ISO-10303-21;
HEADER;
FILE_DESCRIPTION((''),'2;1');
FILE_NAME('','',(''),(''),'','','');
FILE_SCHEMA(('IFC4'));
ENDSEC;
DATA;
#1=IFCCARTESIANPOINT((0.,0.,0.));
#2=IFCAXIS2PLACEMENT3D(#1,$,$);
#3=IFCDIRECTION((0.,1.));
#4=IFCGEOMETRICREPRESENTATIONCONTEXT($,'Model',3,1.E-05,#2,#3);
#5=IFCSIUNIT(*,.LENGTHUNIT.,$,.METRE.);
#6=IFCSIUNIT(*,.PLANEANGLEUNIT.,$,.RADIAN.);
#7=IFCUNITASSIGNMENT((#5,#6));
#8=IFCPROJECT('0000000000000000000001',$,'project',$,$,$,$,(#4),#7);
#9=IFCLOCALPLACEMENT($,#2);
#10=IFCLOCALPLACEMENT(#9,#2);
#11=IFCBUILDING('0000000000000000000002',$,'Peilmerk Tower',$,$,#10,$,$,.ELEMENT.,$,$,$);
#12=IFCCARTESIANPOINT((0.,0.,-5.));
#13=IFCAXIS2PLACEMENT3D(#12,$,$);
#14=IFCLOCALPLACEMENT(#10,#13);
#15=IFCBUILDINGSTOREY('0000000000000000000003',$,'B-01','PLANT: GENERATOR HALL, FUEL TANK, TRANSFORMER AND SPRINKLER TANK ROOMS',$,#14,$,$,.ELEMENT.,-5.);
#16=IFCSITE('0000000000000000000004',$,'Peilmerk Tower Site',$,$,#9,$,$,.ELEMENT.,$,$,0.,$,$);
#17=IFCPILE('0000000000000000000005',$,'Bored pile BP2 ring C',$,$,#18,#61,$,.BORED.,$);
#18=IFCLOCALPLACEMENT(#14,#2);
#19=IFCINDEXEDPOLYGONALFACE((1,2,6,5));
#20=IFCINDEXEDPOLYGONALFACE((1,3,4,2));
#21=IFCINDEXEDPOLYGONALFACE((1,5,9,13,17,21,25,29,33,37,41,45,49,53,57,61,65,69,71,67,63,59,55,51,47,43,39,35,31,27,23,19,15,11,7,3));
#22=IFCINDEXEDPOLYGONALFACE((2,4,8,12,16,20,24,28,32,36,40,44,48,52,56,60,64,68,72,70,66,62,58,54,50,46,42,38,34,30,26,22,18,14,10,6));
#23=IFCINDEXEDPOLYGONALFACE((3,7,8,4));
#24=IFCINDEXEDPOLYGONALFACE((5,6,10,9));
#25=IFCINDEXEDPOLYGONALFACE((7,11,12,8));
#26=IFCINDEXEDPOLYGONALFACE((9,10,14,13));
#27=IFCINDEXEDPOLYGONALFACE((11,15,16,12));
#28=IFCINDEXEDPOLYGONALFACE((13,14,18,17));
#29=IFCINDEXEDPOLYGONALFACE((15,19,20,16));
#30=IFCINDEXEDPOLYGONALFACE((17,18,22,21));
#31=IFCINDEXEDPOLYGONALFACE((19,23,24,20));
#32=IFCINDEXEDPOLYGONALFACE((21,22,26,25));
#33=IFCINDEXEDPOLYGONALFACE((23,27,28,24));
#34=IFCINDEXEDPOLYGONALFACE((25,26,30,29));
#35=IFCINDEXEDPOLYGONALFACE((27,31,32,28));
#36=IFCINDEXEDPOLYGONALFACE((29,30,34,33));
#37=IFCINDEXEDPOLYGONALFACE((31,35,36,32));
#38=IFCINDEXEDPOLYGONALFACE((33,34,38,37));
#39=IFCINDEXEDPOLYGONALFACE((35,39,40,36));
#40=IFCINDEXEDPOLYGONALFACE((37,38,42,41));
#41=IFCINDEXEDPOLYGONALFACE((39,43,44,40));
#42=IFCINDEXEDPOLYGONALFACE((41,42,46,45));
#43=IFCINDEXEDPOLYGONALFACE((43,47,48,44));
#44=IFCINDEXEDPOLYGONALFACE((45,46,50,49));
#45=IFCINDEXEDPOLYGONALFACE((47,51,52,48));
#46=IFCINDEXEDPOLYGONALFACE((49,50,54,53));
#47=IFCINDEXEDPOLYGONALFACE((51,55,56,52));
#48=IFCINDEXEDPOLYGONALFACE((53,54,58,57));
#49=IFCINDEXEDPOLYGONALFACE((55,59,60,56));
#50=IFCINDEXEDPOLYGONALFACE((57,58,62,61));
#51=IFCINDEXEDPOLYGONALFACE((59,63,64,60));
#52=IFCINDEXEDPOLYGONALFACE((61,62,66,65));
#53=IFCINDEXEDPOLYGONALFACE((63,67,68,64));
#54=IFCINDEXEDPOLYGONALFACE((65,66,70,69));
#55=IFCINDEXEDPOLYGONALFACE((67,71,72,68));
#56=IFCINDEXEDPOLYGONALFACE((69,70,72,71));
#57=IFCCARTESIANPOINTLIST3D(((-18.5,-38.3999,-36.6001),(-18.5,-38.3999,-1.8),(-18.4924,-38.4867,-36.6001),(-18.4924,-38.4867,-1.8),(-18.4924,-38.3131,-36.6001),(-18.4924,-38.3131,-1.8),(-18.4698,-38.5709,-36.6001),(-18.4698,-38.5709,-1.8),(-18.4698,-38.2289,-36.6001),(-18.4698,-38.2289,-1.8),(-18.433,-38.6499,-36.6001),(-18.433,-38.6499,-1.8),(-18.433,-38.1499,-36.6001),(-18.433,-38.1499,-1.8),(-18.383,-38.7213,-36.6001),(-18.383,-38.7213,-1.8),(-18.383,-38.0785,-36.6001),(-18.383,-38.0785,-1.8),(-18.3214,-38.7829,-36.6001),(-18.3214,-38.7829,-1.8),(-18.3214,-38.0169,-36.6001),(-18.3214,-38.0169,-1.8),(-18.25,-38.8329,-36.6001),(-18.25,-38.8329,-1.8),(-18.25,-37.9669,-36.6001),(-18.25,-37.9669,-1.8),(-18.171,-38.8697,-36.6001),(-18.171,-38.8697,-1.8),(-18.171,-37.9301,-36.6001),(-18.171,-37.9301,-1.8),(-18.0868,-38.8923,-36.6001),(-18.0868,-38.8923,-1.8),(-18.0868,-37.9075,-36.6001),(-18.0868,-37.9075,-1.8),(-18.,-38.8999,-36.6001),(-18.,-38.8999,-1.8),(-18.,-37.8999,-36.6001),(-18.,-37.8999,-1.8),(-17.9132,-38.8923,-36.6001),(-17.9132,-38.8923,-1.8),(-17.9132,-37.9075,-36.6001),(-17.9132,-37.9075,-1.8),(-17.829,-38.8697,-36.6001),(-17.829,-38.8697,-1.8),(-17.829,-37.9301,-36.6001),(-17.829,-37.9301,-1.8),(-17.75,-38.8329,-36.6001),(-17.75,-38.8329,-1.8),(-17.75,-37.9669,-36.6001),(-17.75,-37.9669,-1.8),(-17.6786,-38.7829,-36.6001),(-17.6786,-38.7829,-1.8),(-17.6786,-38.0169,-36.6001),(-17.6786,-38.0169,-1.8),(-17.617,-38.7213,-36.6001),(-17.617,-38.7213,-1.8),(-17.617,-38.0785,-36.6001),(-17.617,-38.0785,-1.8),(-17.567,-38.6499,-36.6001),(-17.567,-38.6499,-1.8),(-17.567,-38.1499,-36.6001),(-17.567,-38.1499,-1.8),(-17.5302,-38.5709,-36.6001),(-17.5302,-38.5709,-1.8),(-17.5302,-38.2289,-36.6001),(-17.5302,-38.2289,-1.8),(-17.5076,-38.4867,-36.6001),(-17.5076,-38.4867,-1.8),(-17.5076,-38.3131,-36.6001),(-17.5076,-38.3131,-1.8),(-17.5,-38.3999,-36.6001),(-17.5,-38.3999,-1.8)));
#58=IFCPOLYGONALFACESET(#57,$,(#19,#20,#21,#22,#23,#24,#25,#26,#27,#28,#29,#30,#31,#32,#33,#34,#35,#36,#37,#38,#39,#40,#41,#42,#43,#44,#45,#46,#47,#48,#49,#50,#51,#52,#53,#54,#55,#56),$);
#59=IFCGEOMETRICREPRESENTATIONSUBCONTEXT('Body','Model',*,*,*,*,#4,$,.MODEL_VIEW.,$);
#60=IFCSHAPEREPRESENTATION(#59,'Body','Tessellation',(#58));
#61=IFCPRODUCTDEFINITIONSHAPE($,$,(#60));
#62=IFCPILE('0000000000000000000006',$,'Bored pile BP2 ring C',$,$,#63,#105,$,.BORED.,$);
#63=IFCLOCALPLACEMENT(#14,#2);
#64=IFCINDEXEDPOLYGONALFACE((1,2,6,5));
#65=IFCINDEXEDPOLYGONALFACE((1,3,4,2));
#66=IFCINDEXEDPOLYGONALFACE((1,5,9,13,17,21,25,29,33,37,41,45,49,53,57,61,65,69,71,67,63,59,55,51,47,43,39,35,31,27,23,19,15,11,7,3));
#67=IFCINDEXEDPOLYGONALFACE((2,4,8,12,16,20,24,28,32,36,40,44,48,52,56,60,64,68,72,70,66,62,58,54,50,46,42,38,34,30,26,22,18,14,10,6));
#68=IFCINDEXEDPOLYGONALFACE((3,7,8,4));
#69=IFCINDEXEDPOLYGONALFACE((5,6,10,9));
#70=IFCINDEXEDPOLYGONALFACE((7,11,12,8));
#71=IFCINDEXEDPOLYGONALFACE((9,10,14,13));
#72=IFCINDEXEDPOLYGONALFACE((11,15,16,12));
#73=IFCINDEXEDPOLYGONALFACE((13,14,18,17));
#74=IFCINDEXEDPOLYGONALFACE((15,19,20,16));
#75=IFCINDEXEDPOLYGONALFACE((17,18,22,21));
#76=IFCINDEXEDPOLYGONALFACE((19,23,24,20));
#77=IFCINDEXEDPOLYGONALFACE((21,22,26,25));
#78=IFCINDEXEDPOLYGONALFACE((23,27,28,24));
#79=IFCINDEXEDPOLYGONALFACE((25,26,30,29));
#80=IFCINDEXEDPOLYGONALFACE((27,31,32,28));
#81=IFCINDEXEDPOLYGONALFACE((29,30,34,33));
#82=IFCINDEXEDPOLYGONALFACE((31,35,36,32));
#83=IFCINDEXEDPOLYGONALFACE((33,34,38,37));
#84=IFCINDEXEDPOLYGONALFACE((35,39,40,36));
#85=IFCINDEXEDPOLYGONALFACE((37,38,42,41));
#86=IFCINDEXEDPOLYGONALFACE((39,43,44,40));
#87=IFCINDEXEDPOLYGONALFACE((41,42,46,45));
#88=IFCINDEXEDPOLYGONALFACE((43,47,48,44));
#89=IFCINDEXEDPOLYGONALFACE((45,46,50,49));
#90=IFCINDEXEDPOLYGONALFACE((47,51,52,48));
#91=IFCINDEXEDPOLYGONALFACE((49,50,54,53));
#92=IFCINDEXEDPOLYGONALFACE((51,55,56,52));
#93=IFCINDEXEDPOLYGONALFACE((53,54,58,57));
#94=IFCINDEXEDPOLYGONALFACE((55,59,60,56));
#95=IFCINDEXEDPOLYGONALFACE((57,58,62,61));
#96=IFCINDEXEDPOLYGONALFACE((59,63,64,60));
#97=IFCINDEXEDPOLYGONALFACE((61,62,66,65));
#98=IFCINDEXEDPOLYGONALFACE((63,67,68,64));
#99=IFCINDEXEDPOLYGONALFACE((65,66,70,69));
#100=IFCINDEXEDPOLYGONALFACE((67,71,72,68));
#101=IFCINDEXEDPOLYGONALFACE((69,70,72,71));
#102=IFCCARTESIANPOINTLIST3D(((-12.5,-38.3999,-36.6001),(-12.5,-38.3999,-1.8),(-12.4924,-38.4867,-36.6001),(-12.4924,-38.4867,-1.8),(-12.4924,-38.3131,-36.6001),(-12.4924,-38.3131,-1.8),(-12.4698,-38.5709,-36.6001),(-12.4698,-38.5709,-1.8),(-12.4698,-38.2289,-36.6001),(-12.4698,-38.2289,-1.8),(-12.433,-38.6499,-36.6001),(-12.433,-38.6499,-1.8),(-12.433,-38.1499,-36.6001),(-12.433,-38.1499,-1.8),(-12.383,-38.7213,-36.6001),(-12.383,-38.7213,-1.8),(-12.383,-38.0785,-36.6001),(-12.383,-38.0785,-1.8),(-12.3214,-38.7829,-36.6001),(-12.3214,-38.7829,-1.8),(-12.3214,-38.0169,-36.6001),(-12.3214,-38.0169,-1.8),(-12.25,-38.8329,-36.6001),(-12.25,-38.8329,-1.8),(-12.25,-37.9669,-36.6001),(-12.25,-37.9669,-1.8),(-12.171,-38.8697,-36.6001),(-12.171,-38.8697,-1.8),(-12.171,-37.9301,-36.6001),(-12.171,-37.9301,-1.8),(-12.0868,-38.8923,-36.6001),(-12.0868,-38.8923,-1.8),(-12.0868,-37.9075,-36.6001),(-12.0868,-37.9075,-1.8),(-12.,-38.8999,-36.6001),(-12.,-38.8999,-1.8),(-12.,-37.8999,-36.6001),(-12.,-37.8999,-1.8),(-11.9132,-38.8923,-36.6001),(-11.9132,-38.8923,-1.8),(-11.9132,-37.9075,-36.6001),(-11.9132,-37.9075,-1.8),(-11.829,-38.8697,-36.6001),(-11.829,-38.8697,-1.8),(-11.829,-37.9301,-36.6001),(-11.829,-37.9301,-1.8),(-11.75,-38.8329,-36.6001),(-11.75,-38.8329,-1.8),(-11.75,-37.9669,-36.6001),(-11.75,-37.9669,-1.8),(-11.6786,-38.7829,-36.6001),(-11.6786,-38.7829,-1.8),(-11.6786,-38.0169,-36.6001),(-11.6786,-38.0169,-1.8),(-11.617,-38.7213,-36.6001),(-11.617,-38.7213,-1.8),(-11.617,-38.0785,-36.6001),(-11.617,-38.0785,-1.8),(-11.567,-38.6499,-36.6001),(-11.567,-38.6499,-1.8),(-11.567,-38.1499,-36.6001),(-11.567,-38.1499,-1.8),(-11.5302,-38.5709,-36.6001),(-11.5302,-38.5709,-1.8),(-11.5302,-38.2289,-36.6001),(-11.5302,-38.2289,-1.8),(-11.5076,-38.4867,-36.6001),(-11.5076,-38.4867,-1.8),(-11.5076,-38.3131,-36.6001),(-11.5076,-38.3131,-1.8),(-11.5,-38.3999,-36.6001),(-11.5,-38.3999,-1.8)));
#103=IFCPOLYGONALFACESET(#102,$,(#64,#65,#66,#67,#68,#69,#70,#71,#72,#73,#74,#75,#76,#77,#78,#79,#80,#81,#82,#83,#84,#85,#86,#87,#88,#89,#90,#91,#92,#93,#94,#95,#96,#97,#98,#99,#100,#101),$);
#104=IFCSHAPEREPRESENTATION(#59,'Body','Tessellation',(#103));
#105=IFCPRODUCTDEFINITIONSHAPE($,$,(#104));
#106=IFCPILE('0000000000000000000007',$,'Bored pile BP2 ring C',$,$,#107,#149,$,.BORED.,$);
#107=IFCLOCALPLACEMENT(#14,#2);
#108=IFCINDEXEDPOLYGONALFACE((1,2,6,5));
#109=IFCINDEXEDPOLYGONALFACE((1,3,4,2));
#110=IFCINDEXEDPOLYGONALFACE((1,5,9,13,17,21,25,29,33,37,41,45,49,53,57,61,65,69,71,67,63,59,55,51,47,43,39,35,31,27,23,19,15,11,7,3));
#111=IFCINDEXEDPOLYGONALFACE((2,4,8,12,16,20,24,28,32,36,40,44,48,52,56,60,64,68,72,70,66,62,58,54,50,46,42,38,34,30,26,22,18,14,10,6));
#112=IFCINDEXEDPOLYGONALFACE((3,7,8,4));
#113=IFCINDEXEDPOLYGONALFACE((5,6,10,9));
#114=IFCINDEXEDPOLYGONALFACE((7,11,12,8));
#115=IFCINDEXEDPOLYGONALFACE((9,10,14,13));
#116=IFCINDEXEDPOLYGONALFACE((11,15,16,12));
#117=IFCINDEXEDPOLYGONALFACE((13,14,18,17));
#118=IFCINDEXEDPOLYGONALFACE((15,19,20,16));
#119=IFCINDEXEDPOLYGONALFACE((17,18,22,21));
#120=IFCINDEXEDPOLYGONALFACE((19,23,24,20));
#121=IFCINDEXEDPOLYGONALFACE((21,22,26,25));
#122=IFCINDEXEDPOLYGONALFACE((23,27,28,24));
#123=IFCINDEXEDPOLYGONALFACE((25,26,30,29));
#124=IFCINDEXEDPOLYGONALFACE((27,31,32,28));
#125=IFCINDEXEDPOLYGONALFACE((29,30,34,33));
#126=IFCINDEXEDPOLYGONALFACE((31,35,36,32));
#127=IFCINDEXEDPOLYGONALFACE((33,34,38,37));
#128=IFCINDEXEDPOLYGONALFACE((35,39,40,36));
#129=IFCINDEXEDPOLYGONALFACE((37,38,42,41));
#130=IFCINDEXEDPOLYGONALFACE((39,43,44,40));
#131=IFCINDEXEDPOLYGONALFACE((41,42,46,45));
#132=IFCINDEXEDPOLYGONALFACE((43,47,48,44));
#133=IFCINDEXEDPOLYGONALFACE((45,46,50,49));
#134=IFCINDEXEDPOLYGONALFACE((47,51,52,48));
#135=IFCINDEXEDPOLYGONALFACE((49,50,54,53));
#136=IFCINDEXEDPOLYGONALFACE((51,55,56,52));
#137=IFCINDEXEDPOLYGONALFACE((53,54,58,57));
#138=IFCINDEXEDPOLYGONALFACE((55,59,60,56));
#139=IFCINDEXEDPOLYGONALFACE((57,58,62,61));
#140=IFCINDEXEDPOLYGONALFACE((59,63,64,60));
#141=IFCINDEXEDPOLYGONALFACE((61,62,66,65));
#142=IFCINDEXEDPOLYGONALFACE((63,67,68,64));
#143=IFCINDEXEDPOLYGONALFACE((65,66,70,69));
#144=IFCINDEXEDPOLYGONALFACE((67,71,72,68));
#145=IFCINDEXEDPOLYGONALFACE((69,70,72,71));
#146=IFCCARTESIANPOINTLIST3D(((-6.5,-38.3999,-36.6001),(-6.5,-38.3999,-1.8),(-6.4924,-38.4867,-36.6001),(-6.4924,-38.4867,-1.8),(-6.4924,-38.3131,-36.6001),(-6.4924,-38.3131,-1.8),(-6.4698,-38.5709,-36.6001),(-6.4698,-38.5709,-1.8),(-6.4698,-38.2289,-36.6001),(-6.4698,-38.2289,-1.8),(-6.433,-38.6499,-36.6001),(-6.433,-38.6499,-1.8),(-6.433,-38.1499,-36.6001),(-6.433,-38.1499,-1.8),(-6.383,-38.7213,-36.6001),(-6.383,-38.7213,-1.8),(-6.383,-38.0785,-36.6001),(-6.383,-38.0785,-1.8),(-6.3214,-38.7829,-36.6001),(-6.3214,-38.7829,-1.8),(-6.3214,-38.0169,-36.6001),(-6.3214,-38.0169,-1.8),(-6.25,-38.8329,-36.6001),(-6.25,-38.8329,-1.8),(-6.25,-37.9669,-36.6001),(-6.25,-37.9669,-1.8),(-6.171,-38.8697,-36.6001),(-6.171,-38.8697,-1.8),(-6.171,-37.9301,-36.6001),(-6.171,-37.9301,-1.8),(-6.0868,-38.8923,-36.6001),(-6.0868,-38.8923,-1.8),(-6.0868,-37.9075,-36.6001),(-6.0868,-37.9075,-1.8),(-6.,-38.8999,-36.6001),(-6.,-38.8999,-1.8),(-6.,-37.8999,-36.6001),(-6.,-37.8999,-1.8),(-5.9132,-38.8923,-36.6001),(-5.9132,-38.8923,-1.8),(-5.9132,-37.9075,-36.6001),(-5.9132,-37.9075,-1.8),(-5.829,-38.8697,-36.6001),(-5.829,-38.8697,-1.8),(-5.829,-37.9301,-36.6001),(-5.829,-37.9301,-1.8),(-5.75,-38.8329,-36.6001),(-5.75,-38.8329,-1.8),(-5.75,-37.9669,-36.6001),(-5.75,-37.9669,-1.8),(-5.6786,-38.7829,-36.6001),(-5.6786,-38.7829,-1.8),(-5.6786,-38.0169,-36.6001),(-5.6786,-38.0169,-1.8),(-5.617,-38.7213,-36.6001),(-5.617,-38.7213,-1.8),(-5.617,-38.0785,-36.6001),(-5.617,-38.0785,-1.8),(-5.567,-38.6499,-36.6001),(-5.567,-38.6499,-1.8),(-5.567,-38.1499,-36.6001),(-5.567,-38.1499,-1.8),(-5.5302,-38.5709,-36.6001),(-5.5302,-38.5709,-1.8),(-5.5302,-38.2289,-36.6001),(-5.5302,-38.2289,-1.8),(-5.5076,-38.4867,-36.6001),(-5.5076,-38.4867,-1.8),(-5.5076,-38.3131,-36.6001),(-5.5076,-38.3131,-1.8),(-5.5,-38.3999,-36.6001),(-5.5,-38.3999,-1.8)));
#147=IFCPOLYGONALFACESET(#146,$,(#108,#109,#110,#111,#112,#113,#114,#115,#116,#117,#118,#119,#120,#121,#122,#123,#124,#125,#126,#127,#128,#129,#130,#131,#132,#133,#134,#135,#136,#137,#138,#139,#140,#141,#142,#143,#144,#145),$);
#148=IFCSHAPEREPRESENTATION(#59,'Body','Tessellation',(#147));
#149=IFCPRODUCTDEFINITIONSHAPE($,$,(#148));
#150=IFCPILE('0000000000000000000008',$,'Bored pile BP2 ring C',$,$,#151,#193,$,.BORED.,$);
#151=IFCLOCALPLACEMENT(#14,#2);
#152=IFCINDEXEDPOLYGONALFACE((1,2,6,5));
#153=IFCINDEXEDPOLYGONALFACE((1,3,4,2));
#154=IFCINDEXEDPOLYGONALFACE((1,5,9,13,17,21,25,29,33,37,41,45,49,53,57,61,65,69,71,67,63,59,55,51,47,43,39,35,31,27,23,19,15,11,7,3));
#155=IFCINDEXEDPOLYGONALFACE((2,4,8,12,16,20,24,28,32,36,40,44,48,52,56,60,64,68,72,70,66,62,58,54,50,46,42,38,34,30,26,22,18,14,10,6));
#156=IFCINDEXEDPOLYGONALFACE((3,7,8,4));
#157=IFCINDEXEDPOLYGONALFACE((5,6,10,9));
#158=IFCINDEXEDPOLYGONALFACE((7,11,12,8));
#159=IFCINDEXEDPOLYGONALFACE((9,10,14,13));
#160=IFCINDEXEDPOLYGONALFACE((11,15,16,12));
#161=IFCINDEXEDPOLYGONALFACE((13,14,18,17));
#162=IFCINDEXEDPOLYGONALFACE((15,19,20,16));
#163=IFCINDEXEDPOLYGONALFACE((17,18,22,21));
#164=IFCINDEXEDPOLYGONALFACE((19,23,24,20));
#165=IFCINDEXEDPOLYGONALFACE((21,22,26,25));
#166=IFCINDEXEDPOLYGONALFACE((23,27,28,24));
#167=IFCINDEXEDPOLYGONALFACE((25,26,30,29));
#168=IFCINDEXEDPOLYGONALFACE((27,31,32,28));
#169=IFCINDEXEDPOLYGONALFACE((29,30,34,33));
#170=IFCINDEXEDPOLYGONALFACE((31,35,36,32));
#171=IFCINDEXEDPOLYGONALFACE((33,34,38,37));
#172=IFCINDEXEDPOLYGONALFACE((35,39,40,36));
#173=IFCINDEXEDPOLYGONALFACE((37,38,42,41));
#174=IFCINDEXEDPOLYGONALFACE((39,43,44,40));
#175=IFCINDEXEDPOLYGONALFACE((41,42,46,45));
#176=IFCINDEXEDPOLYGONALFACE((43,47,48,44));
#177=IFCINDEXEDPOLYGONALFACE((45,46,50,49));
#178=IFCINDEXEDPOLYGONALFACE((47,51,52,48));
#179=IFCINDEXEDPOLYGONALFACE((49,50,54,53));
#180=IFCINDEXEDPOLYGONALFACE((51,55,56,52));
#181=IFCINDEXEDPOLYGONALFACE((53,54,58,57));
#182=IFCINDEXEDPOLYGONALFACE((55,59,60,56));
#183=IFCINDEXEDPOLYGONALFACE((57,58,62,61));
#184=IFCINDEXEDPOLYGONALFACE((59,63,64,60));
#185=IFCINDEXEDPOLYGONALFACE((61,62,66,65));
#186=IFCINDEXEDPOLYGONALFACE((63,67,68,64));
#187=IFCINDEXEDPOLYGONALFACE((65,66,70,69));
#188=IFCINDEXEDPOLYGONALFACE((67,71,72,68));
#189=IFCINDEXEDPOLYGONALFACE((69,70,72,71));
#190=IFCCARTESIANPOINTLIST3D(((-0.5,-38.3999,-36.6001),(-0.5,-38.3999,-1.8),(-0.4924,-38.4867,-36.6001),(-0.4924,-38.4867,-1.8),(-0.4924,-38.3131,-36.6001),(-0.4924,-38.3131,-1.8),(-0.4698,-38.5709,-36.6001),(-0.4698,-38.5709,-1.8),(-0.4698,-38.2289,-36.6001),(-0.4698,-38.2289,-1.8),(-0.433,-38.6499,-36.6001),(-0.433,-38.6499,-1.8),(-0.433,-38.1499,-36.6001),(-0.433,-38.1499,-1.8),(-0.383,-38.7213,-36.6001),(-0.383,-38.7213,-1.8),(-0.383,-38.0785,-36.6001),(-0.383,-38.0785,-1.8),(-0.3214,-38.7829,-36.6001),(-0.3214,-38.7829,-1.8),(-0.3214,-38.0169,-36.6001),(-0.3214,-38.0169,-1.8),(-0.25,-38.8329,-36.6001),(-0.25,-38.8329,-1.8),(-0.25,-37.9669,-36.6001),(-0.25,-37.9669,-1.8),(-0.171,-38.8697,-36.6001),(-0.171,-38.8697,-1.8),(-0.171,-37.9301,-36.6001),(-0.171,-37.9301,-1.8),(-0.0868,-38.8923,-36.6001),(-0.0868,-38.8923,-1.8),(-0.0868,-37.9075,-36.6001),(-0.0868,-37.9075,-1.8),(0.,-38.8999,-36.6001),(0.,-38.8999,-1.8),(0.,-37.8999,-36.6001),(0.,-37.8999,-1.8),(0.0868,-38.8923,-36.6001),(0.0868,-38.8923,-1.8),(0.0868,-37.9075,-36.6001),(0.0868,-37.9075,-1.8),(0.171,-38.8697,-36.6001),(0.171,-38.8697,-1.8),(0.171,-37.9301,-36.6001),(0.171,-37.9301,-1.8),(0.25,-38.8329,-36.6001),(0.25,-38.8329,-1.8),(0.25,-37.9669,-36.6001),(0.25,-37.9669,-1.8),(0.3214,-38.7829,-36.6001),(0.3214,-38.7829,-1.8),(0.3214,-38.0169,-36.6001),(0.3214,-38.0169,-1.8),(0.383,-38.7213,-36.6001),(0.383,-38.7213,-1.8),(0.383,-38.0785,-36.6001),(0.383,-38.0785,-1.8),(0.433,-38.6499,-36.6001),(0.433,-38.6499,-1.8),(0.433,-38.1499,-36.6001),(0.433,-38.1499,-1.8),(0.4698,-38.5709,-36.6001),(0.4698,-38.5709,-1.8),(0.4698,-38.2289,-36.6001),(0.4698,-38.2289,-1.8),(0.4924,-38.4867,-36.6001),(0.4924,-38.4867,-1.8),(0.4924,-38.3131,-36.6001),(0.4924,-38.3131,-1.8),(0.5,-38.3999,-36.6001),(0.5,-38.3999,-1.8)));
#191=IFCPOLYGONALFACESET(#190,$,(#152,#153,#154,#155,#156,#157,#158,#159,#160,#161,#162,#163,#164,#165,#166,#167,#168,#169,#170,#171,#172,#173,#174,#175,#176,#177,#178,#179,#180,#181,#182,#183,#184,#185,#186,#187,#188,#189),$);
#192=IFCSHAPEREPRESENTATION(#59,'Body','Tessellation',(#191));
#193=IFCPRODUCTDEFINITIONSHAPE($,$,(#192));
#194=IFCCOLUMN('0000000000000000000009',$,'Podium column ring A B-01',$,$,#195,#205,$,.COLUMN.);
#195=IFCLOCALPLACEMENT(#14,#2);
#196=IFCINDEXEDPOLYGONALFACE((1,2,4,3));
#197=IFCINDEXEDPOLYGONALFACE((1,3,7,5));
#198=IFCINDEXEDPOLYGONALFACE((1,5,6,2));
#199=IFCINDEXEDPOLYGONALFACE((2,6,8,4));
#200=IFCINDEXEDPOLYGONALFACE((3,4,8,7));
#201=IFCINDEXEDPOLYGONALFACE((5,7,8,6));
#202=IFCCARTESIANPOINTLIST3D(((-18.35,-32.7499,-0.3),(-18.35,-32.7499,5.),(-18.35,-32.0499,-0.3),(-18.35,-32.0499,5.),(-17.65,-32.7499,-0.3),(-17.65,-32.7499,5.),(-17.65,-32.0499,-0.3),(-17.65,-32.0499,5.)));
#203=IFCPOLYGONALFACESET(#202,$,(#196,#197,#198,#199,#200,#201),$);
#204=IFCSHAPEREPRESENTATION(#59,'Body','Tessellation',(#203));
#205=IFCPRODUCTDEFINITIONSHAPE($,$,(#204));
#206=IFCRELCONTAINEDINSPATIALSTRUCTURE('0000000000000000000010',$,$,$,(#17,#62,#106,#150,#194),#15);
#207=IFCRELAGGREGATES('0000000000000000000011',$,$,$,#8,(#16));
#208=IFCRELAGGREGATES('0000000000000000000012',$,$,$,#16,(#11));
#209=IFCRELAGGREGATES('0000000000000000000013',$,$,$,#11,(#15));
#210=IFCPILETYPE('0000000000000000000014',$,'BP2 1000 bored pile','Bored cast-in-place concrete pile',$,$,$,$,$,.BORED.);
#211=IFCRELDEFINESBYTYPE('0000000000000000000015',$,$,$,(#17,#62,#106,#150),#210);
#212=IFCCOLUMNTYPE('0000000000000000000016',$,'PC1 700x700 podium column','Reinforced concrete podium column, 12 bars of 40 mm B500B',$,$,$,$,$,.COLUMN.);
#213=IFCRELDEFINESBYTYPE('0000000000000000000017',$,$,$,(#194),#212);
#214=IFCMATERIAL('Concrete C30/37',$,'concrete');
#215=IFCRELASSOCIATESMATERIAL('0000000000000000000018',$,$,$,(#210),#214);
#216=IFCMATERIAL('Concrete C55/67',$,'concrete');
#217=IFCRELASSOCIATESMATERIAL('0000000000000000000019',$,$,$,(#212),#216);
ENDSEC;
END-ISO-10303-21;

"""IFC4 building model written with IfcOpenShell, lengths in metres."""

from ifc_helpers import new_model, si_unit, direction, frame, origin, origin_2d, place, context, subcontext, project, spatial, rectangle, circle, extrude, material, material_profile, profile_set, type_object, element, save


model = new_model("IFC4")

# Units and contexts
model_context = context("Model", 3, precision=1e-05, world=origin(), true_north=direction((0.0, 1.0)))
body_context = subcontext(model_context, "Body", "Model", "MODEL_VIEW")
ifc_project = project(units=[si_unit("LENGTHUNIT", "METRE"), si_unit("PLANEANGLEUNIT", "RADIAN")], contexts=[model_context])

# Site, building, storey
site_placement = place(None, origin())
site = spatial("IfcSite", under=ifc_project, at=site_placement, Name="Peilmerk Tower Site", CompositionType="ELEMENT", RefElevation=0.0)
building_placement = place(site_placement, origin())
building = spatial("IfcBuilding", under=site, at=building_placement, Name="Peilmerk Tower", CompositionType="ELEMENT")
storey_placement = place(building_placement, frame((0.0, 0.0, -5.0)))
storey = spatial("IfcBuildingStorey", under=building, at=storey_placement, Name="B-01", Description="PLANT: GENERATOR HALL, FUEL TANK, TRANSFORMER AND SPRINKLER TANK ROOMS", CompositionType="ELEMENT", Elevation=-5.0)

# Piles
ifc_material_1 = material(Name="Concrete C30/37", Category="concrete")
ifc_material_profile_1 = material_profile(ifc_material_1, circle(Radius=0.5, at=origin_2d()), Name="BP 1000")
ifc_profile_set_1 = profile_set([ifc_material_profile_1], Name="Concrete C30/37")
pile_type = type_object("IfcPileType", Name="BP2 1000 bored pile", Description="Bored cast-in-place concrete pile", PredefinedType="BORED", material=ifc_profile_set_1)
for number, where, z_axis, x_axis, name in (
    (1, (-18.0, -38.3999, -1.8), (0.0, 0.0, -1.0), (1.0, 0.0, 0.0), "Bored pile BP2 ring C"),
    (2, (-12.0, -38.3999, -1.8), (0.0, 0.0, -1.0), (1.0, 0.0, 0.0), "Bored pile BP2 ring C"),
    (3, (-6.0, -38.3999, -1.8), (0.0, 0.0, -1.0), (1.0, 0.0, 0.0), "Bored pile BP2 ring C"),
    (4, (0.0, -38.3999, -1.8), (0.0, 0.0, -1.0), (1.0, 0.0, 0.0), "Bored pile BP2 ring C"),
):
    element("IfcPile", number, at=place(storey_placement, frame(where, z_axis=z_axis, x_axis=x_axis)), inside=storey, type_object=pile_type, Name=name, PredefinedType="BORED", context=body_context, shape_type="SweptSolid", body=[
        extrude(circle(Radius=0.5, at=origin_2d()), origin(), (0.0, 0.0, 1.0), 34.8),
    ])

# Column
ifc_material_2 = material(Name="Concrete C55/67", Category="concrete")
ifc_material_profile_2 = material_profile(ifc_material_2, rectangle(XDim=0.7, YDim=0.7, at=origin_2d()), Name="RC 700x700")
ifc_profile_set_2 = profile_set([ifc_material_profile_2], Name="Concrete C55/67")
column_type_1 = type_object("IfcColumnType", Name="PC1 700x700 podium column", Description="Reinforced concrete podium column, 12 bars of 40 mm B500B", PredefinedType="COLUMN", material=ifc_profile_set_2)
for number, where, z_axis, x_axis, name in (
    (5, (-18.0, -32.3999, -0.3), (0.0, 0.0, 1.0), (1.0, 0.0, 0.0), "Podium column ring A B-01"),
):
    element("IfcColumn", number, at=place(storey_placement, frame(where, z_axis=z_axis, x_axis=x_axis)), inside=storey, type_object=column_type_1, Name=name, PredefinedType="COLUMN", context=body_context, shape_type="SweptSolid", body=[
        extrude(rectangle(XDim=0.7, YDim=0.7, at=origin_2d()), origin(), (0.0, 0.0, 1.0), 5.3),
    ])

save(model, "model.ifc")
